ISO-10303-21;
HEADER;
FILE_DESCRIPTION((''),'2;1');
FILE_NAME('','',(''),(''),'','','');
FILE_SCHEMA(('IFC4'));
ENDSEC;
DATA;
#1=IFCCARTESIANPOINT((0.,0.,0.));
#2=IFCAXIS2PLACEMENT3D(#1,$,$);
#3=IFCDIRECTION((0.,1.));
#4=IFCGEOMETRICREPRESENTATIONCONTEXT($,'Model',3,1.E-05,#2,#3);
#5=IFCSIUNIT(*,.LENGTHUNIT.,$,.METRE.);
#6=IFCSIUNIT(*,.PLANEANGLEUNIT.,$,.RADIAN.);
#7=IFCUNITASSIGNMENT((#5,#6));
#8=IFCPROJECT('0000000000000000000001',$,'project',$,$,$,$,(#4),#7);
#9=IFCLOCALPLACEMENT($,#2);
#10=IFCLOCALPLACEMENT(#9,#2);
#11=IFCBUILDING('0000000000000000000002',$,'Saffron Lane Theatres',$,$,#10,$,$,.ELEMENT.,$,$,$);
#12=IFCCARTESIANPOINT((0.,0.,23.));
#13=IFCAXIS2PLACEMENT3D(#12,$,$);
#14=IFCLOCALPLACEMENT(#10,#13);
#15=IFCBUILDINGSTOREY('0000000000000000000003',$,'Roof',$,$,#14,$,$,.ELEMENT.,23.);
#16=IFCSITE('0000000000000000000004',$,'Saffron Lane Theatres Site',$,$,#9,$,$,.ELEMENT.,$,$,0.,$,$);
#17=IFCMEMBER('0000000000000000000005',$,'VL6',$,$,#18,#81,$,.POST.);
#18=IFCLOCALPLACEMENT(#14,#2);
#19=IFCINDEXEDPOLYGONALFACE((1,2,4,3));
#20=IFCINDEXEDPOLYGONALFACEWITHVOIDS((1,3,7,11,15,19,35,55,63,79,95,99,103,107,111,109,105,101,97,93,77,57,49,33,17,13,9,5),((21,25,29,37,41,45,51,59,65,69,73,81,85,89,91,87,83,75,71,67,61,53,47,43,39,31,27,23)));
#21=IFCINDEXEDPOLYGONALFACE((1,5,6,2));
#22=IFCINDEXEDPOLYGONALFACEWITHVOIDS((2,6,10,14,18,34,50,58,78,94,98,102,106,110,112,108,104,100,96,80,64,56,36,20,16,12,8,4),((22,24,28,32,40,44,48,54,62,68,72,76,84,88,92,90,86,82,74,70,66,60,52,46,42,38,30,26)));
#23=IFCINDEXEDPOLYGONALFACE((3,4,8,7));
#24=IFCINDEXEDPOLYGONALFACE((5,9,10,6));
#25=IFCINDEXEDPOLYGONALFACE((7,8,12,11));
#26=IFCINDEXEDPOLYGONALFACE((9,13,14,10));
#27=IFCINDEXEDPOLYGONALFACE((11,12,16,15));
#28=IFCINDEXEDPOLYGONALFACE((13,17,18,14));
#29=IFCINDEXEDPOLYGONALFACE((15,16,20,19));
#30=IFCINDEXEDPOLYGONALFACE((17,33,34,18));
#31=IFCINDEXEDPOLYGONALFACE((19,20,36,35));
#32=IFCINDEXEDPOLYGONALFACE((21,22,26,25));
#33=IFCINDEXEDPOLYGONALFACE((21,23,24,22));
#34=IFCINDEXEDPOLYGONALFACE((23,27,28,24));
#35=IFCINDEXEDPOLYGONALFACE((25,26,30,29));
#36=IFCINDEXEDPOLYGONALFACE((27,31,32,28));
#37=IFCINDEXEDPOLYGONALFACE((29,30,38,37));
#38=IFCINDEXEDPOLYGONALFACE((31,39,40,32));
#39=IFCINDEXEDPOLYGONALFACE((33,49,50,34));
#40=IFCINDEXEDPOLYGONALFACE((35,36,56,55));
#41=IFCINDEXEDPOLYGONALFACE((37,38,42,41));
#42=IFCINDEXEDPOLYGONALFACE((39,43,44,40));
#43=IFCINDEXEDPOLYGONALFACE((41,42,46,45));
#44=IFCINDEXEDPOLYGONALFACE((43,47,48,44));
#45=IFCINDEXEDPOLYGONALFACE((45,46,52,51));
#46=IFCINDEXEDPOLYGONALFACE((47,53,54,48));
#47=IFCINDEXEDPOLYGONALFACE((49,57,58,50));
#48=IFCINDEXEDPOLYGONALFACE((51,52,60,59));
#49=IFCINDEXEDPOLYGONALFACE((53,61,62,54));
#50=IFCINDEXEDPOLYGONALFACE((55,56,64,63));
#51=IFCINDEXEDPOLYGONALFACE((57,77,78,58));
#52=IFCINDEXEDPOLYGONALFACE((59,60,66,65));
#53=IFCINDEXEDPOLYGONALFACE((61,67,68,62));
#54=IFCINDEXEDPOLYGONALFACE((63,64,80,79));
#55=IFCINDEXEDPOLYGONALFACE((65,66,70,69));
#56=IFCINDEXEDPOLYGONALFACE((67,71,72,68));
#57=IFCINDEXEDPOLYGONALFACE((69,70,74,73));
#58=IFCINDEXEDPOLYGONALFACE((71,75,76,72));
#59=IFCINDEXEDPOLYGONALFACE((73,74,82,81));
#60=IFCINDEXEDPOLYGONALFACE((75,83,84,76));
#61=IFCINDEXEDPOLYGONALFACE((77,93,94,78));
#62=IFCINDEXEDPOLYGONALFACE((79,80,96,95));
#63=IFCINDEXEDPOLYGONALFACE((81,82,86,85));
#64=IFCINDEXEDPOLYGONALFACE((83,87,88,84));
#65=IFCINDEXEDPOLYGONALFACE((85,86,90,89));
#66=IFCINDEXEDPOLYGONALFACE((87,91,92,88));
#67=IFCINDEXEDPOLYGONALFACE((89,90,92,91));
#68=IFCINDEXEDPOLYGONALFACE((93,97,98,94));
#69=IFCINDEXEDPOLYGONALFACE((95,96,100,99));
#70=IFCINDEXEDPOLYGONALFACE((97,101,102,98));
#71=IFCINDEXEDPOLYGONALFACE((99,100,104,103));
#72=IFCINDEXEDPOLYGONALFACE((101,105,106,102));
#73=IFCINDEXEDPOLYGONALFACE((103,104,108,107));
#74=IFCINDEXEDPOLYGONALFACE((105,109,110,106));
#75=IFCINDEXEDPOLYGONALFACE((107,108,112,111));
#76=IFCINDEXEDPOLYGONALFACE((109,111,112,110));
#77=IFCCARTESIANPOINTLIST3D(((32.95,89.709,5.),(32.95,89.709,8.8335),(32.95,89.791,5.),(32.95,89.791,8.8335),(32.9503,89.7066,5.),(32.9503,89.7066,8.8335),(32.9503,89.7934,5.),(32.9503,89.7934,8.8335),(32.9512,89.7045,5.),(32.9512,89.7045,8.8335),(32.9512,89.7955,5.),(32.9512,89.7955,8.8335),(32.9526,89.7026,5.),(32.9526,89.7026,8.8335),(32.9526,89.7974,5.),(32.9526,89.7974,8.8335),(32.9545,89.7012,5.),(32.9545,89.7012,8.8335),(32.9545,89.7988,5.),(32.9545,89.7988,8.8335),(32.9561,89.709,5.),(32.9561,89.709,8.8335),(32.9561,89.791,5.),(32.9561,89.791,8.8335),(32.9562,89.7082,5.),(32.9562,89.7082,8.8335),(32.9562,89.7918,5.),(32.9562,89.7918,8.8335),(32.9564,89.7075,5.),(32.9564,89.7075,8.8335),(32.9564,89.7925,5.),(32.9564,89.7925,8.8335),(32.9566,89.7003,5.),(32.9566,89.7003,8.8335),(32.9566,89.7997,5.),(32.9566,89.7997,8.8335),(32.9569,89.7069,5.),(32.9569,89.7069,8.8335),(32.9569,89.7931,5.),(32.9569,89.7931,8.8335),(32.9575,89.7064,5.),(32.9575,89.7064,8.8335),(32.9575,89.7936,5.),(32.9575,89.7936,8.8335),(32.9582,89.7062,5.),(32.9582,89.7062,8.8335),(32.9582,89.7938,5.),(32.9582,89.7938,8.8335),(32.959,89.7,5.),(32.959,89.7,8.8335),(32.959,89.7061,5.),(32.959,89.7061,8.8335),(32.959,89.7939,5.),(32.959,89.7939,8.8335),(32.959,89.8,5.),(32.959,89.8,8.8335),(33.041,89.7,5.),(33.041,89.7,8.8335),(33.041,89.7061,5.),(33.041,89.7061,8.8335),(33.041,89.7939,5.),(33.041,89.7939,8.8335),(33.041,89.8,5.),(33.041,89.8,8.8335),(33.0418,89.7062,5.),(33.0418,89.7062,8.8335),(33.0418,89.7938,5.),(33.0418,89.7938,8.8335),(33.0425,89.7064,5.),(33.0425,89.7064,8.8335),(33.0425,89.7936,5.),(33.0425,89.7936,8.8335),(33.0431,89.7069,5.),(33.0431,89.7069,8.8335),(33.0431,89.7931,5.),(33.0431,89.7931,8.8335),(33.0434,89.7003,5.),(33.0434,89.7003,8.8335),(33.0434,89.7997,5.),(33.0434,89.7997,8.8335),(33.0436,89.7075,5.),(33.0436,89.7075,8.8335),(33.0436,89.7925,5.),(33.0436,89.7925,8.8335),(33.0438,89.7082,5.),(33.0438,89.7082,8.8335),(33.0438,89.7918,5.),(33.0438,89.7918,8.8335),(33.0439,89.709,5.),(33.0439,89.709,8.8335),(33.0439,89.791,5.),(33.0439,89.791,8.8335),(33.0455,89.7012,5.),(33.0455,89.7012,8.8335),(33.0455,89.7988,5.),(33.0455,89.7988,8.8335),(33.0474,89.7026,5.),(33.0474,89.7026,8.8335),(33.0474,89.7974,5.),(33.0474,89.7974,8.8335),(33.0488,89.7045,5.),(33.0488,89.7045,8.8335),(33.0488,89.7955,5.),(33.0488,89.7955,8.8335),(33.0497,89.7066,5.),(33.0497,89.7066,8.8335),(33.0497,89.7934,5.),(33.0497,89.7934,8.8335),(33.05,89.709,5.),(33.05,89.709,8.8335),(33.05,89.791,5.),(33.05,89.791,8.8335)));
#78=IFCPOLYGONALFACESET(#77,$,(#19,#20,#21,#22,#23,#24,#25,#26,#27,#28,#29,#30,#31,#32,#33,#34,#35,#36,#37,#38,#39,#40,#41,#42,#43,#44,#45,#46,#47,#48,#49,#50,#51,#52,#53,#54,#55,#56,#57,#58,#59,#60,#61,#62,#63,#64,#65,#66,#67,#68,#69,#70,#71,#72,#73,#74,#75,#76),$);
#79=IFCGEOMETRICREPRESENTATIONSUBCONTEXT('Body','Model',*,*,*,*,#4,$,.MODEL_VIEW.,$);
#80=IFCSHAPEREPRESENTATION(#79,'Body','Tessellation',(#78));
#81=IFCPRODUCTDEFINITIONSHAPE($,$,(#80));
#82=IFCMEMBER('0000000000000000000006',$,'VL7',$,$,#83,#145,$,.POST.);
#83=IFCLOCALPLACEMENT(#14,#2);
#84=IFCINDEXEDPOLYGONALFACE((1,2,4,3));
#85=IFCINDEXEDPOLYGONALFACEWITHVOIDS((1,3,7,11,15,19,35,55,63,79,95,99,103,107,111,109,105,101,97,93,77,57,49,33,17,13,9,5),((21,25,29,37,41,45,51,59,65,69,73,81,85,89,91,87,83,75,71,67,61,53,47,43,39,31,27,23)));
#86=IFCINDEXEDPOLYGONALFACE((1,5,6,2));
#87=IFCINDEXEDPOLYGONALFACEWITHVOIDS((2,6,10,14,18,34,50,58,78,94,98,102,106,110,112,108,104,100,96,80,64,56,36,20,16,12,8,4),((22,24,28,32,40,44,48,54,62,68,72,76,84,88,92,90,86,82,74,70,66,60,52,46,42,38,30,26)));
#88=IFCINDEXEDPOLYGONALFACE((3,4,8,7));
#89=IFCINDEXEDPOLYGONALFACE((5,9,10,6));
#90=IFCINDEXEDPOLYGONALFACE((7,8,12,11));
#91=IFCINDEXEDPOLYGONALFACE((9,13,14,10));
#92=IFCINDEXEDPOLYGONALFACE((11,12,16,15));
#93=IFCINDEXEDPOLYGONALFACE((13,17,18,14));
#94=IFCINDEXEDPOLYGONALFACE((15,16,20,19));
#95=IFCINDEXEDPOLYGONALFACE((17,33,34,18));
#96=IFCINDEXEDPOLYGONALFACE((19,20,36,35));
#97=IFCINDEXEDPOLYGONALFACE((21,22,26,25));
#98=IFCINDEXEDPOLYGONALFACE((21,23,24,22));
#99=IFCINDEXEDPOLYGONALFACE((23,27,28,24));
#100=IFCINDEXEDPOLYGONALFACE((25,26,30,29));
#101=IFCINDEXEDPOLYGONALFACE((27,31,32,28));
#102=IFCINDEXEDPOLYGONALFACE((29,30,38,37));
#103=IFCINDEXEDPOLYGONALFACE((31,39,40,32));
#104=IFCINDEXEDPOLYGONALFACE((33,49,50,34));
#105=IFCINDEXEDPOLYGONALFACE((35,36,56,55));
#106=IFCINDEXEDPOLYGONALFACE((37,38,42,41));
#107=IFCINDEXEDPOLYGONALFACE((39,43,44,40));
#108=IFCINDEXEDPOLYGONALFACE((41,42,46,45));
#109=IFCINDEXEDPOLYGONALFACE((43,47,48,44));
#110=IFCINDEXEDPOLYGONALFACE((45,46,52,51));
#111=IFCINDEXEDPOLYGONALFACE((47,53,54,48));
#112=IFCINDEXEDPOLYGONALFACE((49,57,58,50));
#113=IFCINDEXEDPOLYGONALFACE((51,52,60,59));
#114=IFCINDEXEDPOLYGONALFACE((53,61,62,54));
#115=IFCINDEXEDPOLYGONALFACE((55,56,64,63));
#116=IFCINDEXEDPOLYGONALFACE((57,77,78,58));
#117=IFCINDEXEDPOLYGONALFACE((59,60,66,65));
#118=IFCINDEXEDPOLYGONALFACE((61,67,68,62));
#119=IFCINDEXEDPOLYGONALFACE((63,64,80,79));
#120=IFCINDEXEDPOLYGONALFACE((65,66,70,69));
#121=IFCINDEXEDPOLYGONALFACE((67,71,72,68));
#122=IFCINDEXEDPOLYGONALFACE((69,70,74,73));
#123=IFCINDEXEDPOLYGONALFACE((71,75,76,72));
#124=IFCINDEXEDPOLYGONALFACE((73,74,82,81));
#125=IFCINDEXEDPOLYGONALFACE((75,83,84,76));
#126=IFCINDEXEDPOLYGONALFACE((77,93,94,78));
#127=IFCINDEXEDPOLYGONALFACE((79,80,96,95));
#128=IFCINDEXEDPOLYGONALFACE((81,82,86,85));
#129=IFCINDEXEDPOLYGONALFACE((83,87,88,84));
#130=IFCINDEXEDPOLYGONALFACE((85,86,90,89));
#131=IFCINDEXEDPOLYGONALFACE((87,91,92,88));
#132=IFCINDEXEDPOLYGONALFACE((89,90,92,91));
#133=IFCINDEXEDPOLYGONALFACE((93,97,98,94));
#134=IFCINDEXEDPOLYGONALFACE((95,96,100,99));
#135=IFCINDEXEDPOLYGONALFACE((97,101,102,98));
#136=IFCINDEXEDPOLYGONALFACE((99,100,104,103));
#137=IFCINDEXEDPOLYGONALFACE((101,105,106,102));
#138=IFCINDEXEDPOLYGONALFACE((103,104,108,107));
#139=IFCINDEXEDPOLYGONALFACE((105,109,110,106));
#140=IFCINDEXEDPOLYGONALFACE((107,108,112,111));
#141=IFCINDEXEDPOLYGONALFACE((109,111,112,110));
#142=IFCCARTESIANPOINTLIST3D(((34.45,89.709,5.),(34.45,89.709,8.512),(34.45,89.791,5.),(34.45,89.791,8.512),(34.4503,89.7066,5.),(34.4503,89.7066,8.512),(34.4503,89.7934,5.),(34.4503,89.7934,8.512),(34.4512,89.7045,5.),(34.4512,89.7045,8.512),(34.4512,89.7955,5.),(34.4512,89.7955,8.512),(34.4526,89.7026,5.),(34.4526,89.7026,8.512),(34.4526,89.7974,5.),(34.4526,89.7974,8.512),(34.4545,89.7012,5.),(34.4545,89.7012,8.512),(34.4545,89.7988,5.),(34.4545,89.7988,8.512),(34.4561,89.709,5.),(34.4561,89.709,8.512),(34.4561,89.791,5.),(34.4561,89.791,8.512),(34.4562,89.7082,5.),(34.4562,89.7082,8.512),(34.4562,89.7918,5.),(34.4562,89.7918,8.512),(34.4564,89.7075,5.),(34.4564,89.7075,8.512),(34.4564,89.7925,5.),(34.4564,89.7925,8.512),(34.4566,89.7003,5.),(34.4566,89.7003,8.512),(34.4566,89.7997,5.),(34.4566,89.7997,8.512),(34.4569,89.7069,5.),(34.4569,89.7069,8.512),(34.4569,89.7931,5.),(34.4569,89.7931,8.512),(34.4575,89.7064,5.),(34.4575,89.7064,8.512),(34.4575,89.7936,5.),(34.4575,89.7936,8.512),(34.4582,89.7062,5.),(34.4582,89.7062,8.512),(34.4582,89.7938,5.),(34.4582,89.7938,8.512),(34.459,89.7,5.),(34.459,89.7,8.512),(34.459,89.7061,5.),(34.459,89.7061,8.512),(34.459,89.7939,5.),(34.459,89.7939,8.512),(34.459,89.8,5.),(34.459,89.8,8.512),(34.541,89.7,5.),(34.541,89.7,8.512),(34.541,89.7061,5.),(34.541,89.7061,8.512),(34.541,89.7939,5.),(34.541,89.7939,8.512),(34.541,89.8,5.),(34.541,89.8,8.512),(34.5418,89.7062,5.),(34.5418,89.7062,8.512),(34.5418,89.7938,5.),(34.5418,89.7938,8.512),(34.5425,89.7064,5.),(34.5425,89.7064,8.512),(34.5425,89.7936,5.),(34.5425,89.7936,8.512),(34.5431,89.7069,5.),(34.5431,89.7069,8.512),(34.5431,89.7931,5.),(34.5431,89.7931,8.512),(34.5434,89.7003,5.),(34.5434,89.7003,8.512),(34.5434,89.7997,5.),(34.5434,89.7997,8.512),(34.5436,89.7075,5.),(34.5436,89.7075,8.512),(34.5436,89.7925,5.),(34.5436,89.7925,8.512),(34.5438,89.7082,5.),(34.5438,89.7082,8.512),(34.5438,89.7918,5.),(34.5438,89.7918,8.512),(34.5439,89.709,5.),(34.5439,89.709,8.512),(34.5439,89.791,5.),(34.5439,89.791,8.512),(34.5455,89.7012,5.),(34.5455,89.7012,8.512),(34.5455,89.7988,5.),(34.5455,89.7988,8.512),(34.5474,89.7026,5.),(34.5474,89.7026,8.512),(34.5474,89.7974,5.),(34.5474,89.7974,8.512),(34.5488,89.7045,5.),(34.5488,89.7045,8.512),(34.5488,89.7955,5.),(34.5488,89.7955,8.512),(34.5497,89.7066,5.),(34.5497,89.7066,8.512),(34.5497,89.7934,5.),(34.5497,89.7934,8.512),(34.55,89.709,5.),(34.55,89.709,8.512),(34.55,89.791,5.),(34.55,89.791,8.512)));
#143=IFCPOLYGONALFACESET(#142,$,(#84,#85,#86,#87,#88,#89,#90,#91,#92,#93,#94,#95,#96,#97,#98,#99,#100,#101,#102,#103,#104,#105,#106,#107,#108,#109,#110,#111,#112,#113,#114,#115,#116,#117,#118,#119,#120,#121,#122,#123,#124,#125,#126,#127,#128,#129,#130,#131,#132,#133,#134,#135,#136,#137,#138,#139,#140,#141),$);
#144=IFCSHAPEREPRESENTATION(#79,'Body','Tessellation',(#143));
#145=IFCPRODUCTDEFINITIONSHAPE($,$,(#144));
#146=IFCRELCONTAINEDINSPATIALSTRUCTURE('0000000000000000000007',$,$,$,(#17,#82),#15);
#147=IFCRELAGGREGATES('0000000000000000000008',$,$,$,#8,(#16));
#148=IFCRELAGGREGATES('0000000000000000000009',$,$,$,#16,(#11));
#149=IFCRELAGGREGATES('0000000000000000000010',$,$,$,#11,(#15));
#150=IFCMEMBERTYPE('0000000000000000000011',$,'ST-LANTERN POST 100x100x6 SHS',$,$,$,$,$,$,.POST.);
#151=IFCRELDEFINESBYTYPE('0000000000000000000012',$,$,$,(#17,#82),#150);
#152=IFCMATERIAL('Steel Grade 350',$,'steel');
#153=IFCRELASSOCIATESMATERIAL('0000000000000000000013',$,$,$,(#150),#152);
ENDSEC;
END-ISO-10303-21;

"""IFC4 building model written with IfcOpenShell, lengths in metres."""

from ifc_helpers import new_model, si_unit, direction, frame, origin, origin_2d, place, context, subcontext, project, spatial, hollow_rectangle, extrude, material, material_profile, profile_set, type_object, element, save


model = new_model("IFC4")

# Units and contexts
model_context = context("Model", 3, precision=1e-05, world=origin(), true_north=direction((0.0, 1.0)))
body_context = subcontext(model_context, "Body", "Model", "MODEL_VIEW")
ifc_project = project(units=[si_unit("LENGTHUNIT", "METRE"), si_unit("PLANEANGLEUNIT", "RADIAN")], contexts=[model_context])

# Site, building, storey
site_placement = place(None, origin())
site = spatial("IfcSite", under=ifc_project, at=site_placement, Name="Saffron Lane Theatres Site", CompositionType="ELEMENT", RefElevation=0.0)
building_placement = place(site_placement, origin())
building = spatial("IfcBuilding", under=site, at=building_placement, Name="Saffron Lane Theatres", CompositionType="ELEMENT")
storey_placement = place(building_placement, frame((0.0, 0.0, 23.0)))
storey = spatial("IfcBuildingStorey", under=building, at=storey_placement, Name="Roof", CompositionType="ELEMENT", Elevation=23.0)

# Members
ifc_material_1 = material(Name="Steel Grade 350", Category="steel")
ifc_material_profile_1 = material_profile(ifc_material_1, hollow_rectangle(XDim=0.1001, YDim=0.1001, WallThickness=0.0061, InnerFilletRadius=0.0029, OuterFilletRadius=0.009, at=origin_2d()))
ifc_profile_set_1 = profile_set([ifc_material_profile_1], Name="Steel Grade 350")
member_type_1 = type_object("IfcMemberType", Name="ST-LANTERN POST 100x100x6 SHS", PredefinedType="POST", material=ifc_profile_set_1)
member_1_placement = place(storey_placement, frame((33.0, 89.75, 5.0), z_axis=(0.0, 0.0, 1.0), x_axis=(1.0, 0.0, 0.0)))
element("IfcMember", 1, at=member_1_placement, inside=storey, type_object=member_type_1, Name="VL6", PredefinedType="POST", context=body_context, shape_type="SweptSolid", body=[
    extrude(hollow_rectangle(XDim=0.1001, YDim=0.1001, WallThickness=0.0061, InnerFilletRadius=0.0029, OuterFilletRadius=0.009, at=origin_2d()), origin(), (0.0, 0.0, 1.0), 3.8335),
])
member_2_placement = place(storey_placement, frame((34.5, 89.75, 5.0), z_axis=(0.0, 0.0, 1.0), x_axis=(1.0, 0.0, 0.0)))
element("IfcMember", 2, at=member_2_placement, inside=storey, type_object=member_type_1, Name="VL7", PredefinedType="POST", context=body_context, shape_type="SweptSolid", body=[
    extrude(hollow_rectangle(XDim=0.1001, YDim=0.1001, WallThickness=0.0061, InnerFilletRadius=0.0029, OuterFilletRadius=0.009, at=origin_2d()), origin(), (0.0, 0.0, 1.0), 3.512),
])

save(model, "model.ifc")
